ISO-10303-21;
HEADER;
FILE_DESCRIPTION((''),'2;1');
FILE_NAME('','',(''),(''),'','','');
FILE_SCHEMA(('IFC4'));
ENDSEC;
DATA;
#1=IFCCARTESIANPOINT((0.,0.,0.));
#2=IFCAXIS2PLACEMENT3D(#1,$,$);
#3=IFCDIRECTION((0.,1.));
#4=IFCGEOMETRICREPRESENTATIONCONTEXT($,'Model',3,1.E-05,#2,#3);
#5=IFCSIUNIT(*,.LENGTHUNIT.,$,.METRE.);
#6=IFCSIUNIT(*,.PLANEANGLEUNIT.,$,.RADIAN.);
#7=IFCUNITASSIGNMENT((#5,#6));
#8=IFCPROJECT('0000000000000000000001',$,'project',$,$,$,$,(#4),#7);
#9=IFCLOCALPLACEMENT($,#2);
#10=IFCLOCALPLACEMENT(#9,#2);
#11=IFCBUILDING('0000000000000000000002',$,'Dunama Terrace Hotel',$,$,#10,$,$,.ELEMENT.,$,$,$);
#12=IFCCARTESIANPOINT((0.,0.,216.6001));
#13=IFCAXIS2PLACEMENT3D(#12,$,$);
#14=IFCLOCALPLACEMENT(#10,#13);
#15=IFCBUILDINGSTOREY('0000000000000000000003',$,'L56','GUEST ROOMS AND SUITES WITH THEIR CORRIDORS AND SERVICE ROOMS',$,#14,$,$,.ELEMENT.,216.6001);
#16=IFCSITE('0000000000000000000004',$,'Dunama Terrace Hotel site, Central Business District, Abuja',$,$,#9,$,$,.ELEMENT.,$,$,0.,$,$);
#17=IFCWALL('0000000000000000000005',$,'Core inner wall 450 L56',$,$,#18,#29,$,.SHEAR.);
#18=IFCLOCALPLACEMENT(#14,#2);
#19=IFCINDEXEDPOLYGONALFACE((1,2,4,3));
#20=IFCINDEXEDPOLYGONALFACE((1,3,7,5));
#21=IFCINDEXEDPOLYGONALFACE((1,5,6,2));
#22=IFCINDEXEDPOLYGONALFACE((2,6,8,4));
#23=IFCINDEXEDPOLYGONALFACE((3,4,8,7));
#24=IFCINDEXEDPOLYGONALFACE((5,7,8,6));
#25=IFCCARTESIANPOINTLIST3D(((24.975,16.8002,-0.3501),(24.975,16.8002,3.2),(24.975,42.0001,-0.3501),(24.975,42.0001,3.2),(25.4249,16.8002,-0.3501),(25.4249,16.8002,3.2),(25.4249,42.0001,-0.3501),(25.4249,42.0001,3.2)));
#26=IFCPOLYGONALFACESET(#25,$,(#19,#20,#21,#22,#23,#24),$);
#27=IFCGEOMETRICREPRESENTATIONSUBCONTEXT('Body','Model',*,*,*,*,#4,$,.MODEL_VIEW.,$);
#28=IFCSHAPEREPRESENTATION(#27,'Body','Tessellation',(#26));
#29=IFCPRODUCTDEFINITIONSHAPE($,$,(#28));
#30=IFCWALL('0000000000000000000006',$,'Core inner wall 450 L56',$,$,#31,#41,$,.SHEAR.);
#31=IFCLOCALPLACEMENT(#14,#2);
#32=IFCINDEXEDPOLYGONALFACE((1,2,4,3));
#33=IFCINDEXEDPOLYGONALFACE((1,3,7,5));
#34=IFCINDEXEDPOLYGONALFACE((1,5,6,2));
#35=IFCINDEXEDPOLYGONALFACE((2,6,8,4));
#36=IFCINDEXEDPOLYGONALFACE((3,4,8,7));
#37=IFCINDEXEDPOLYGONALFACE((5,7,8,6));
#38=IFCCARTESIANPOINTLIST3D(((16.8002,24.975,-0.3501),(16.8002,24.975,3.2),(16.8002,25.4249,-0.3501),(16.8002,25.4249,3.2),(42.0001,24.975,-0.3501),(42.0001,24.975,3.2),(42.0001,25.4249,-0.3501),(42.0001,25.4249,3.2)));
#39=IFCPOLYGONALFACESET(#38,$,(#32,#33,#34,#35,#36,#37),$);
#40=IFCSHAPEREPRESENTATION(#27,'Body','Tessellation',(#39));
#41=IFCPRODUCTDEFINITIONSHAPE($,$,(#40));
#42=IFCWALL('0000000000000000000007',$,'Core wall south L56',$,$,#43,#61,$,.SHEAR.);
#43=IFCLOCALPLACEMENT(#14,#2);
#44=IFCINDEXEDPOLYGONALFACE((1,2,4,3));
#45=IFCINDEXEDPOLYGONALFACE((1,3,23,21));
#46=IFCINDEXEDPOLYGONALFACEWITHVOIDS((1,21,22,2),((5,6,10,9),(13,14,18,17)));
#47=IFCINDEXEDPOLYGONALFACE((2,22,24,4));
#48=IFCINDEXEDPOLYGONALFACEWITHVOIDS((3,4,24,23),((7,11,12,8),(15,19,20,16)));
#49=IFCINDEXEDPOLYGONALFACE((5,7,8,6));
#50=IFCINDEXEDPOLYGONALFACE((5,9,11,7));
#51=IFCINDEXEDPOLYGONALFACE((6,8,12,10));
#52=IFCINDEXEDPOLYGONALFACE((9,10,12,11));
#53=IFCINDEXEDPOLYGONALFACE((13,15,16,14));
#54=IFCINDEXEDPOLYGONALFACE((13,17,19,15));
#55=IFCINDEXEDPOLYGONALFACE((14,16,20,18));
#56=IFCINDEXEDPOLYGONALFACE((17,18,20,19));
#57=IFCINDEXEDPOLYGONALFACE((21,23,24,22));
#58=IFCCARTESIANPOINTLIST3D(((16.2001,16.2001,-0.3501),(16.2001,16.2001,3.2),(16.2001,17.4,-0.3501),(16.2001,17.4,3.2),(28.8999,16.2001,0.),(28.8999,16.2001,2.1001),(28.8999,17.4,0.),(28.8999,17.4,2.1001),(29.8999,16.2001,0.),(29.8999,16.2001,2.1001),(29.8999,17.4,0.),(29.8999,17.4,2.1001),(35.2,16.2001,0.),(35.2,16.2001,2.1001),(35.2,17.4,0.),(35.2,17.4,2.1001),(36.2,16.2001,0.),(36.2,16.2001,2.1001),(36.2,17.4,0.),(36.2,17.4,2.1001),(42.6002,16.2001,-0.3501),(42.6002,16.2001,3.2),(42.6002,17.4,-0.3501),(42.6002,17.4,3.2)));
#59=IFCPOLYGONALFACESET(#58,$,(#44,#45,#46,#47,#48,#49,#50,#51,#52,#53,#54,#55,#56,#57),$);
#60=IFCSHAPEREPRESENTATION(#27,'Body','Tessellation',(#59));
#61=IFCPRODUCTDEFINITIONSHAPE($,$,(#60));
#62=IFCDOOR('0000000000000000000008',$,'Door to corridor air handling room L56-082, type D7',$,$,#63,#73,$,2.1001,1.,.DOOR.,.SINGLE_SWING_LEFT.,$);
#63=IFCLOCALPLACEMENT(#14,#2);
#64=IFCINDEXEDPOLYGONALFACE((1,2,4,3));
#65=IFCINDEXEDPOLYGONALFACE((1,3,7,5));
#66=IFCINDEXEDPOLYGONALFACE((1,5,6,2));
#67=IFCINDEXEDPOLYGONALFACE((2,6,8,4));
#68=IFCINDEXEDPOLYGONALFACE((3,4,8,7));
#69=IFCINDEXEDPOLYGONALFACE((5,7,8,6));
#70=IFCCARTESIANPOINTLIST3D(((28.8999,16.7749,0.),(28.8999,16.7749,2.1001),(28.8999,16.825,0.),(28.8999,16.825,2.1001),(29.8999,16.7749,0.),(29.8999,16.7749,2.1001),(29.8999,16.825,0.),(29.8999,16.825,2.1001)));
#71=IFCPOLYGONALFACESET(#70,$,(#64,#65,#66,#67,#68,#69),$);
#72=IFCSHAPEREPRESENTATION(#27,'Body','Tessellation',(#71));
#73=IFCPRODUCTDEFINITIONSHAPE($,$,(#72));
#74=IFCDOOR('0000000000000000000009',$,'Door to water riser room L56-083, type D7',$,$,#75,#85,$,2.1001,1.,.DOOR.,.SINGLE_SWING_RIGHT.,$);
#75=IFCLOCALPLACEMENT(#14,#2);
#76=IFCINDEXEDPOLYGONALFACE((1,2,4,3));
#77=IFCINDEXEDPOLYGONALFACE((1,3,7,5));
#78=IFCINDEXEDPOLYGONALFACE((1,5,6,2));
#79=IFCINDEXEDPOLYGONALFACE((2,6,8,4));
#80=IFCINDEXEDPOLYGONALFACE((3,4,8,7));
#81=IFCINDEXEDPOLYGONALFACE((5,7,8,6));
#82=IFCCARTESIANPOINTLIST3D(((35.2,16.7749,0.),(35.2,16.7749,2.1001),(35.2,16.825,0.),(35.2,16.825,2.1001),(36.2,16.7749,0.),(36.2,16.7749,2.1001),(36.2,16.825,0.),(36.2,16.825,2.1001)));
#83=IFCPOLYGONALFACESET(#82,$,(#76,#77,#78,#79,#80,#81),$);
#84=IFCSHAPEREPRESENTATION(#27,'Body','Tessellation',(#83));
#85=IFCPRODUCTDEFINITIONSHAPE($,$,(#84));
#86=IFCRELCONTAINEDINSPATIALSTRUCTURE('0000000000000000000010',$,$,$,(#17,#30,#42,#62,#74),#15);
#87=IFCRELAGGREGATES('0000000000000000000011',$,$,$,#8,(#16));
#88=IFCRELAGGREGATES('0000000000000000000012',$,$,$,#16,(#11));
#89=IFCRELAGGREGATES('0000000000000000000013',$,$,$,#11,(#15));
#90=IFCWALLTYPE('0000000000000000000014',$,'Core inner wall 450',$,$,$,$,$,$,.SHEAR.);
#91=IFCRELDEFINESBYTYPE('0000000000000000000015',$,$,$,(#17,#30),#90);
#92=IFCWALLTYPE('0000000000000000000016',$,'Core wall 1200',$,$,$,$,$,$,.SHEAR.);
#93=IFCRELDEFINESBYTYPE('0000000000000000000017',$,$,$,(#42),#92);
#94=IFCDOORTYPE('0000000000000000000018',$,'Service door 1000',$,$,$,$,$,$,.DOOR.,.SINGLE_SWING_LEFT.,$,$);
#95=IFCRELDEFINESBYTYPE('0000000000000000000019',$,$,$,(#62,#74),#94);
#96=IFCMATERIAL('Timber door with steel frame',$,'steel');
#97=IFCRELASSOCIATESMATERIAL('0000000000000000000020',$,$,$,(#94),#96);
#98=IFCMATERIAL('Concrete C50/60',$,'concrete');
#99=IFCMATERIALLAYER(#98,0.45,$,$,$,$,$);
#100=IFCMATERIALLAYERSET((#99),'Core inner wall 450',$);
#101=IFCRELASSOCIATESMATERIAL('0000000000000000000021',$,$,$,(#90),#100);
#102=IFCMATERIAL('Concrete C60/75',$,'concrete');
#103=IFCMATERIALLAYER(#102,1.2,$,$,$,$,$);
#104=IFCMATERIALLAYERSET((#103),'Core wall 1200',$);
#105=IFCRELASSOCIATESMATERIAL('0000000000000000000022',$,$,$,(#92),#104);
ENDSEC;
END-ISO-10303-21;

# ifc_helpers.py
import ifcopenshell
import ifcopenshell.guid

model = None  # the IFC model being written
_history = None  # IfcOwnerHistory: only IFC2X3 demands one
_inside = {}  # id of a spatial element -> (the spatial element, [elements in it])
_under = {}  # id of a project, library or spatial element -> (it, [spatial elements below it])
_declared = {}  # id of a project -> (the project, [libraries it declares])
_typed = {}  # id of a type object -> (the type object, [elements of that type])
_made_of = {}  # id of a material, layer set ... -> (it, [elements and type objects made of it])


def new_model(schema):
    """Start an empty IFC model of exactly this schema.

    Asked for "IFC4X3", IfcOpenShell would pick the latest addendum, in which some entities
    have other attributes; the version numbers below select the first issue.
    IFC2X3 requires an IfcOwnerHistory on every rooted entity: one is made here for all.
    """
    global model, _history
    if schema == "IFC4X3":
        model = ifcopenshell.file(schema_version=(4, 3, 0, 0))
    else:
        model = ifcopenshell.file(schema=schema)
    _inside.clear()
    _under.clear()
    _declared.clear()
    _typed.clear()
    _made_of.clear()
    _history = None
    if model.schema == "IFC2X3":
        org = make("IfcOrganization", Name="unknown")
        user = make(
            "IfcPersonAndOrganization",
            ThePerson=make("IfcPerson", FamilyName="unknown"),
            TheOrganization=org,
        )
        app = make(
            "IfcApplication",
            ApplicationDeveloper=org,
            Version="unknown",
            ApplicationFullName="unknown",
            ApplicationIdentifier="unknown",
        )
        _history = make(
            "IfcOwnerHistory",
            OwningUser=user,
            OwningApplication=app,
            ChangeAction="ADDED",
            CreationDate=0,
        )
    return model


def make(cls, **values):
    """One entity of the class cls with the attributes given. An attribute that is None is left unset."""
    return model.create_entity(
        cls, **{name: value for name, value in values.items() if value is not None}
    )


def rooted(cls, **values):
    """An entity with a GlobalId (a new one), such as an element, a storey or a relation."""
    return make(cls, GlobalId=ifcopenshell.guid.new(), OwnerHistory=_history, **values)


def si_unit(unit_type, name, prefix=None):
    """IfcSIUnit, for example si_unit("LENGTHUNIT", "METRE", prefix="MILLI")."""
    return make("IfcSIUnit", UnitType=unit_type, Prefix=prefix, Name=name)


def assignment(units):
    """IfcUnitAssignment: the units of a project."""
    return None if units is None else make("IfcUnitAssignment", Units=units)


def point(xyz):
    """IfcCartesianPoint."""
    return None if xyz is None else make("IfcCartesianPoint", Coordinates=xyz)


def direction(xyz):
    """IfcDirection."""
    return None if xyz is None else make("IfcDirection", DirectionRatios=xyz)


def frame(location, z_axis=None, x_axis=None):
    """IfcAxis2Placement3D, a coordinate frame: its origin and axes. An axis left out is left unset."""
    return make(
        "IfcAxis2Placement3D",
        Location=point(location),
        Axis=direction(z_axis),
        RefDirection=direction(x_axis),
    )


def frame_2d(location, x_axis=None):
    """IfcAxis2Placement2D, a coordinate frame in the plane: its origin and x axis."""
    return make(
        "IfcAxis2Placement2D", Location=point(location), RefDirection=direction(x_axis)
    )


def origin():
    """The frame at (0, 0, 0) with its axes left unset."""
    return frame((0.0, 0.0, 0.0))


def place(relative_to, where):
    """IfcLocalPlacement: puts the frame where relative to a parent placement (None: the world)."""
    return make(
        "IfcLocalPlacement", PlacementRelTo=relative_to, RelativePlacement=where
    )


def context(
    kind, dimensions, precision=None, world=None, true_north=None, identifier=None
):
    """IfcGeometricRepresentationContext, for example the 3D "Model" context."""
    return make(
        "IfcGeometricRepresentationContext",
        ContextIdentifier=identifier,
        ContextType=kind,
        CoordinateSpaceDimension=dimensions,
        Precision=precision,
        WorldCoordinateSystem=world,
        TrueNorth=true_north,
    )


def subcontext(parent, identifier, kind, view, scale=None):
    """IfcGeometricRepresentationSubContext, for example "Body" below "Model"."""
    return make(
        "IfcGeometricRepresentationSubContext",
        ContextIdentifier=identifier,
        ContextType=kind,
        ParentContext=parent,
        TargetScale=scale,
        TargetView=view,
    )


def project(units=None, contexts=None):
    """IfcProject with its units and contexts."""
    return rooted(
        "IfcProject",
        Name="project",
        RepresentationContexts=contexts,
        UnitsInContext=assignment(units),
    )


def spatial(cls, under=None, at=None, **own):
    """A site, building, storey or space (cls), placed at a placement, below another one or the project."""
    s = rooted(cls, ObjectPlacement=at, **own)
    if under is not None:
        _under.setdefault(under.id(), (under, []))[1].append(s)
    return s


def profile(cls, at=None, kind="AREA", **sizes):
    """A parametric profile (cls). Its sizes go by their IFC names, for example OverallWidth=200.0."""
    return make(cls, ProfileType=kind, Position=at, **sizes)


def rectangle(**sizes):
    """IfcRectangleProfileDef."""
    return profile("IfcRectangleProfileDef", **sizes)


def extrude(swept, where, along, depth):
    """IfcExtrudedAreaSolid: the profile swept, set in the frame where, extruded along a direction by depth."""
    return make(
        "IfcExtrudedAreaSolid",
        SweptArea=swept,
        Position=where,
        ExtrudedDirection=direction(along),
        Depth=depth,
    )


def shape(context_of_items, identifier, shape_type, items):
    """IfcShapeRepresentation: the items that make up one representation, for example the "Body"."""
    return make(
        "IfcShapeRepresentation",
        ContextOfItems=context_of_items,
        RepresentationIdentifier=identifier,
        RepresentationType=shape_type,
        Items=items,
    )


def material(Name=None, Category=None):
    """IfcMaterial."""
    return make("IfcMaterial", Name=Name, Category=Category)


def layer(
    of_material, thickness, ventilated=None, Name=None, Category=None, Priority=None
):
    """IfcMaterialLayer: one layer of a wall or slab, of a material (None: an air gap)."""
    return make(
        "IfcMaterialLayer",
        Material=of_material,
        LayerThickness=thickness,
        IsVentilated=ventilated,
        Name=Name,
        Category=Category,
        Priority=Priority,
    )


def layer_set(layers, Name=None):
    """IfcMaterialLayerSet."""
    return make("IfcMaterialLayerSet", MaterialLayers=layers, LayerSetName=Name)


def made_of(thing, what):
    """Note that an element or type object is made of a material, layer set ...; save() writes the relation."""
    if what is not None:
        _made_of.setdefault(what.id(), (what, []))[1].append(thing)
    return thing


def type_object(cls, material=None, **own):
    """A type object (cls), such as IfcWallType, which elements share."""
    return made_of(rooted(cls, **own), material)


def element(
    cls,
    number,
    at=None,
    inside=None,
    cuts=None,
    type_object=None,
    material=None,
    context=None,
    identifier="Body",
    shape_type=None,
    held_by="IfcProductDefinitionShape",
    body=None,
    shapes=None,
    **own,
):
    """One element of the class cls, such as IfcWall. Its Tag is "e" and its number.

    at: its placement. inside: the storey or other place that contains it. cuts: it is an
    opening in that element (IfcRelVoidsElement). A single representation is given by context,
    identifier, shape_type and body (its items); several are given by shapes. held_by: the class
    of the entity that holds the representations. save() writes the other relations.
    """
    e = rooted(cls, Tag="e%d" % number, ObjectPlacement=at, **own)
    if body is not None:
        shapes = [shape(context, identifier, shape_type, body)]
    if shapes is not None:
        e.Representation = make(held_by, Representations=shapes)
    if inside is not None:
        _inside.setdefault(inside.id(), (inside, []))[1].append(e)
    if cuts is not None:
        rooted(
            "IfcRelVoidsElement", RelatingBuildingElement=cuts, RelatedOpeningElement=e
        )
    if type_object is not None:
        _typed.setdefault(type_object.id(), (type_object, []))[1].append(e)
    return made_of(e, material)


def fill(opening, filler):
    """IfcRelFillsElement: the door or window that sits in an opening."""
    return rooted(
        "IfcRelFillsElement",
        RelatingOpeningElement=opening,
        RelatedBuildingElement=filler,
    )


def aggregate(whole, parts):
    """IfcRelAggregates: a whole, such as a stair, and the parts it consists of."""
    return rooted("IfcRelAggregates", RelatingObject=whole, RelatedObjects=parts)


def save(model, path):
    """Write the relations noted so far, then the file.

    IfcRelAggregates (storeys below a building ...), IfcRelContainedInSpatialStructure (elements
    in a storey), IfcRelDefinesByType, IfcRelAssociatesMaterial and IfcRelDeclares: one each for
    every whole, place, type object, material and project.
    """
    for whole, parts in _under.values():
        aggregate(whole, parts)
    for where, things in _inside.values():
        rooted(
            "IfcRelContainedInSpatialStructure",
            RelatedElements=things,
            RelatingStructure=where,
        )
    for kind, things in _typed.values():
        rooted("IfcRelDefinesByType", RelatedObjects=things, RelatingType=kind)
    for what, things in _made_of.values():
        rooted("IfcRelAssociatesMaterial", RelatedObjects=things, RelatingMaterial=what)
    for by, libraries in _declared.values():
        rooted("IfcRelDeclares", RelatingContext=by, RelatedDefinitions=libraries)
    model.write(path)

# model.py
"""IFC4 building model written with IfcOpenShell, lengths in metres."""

from ifc_helpers import new_model, si_unit, direction, frame, frame_2d, origin, place, context, subcontext, project, spatial, rectangle, extrude, material, layer, layer_set, type_object, element, fill, save


model = new_model("IFC4")

# Units and contexts
model_context = context("Model", 3, precision=1e-05, world=origin(), true_north=direction((0.0, 1.0)))
body_context = subcontext(model_context, "Body", "Model", "MODEL_VIEW")
ifc_project = project(units=[si_unit("LENGTHUNIT", "METRE"), si_unit("PLANEANGLEUNIT", "RADIAN")], contexts=[model_context])

# Site, building, storey
site_placement = place(None, origin())
site = spatial("IfcSite", under=ifc_project, at=site_placement, Name="Dunama Terrace Hotel site, Central Business District, Abuja", CompositionType="ELEMENT", RefElevation=0.0)
building_placement = place(site_placement, origin())
building = spatial("IfcBuilding", under=site, at=building_placement, Name="Dunama Terrace Hotel", CompositionType="ELEMENT")
storey_placement = place(building_placement, frame((0.0, 0.0, 216.6001)))
storey = spatial("IfcBuildingStorey", under=building, at=storey_placement, Name="L56", Description="GUEST ROOMS AND SUITES WITH THEIR CORRIDORS AND SERVICE ROOMS", CompositionType="ELEMENT", Elevation=216.6001)

# Shared definitions
ifc_material_1 = material(Name="Timber door with steel frame", Category="steel")
door_type_1 = type_object("IfcDoorType", Name="Service door 1000", OperationType="SINGLE_SWING_LEFT", PredefinedType="DOOR", material=ifc_material_1)

# Walls
ifc_material_2 = material(Name="Concrete C50/60", Category="concrete")
ifc_layer_1 = layer(ifc_material_2, 0.45)
ifc_layer_set_1 = layer_set([ifc_layer_1], Name="Core inner wall 450")
wall_type_1 = type_object("IfcWallType", Name="Core inner wall 450", PredefinedType="SHEAR", material=ifc_layer_set_1)
for number, where, z_axis, x_axis, name in (
    (1, (25.2, 16.8, -0.3501), (0.0, 0.0, 1.0), (0.0, 1.0, 0.0), "Core inner wall 450 L56"),
    (2, (16.8, 25.2, -0.3501), (0.0, 0.0, 1.0), (1.0, 0.0, 0.0), "Core inner wall 450 L56"),
):
    element("IfcWall", number, at=place(storey_placement, frame(where, z_axis=z_axis, x_axis=x_axis)), inside=storey, type_object=wall_type_1, Name=name, PredefinedType="SHEAR", context=body_context, shape_type="SweptSolid", body=[
        extrude(rectangle(XDim=25.2, YDim=0.45, at=frame_2d((12.6001, 0.0))), origin(), (0.0, 0.0, 1.0), 3.55),
    ])

# Wall, openings, doors
ifc_material_3 = material(Name="Concrete C60/75", Category="concrete")
ifc_layer_2 = layer(ifc_material_3, 1.2)
ifc_layer_set_2 = layer_set([ifc_layer_2], Name="Core wall 1200")
wall_type_2 = type_object("IfcWallType", Name="Core wall 1200", PredefinedType="SHEAR", material=ifc_layer_set_2)
wall_1_placement = place(storey_placement, frame((16.2, 16.8, -0.3501), z_axis=(0.0, 0.0, 1.0), x_axis=(1.0, 0.0, 0.0)))
wall_1 = element("IfcWall", 3, at=wall_1_placement, inside=storey, type_object=wall_type_2, Name="Core wall south L56", PredefinedType="SHEAR", context=body_context, shape_type="SweptSolid", body=[
    extrude(rectangle(XDim=26.4001, YDim=1.2, at=frame_2d((13.2002, 0.0))), origin(), (0.0, 0.0, 1.0), 3.55),
])
opening_1_placement = place(wall_1_placement, frame((12.7, 0.0, 0.3501)))
opening_1 = element("IfcOpeningElement", 4, at=opening_1_placement, cuts=wall_1, PredefinedType="OPENING", context=body_context, shape_type="SweptSolid", body=[
    extrude(rectangle(XDim=1.0, YDim=2.1001, at=frame_2d((0.5, 1.05))), frame((0.0, 0.6099, 0.0), z_axis=(0.0, -1.0, 0.0), x_axis=(1.0, 0.0, 0.0)), (0.0, 0.0, 1.0), 1.22),
])
opening_2_placement = place(wall_1_placement, frame((19.0, 0.0, 0.3501)))
opening_2 = element("IfcOpeningElement", 5, at=opening_2_placement, cuts=wall_1, PredefinedType="OPENING", context=body_context, shape_type="SweptSolid", body=[
    extrude(rectangle(XDim=1.0, YDim=2.1001, at=frame_2d((0.5, 1.05))), frame((0.0, 0.6099, 0.0), z_axis=(0.0, -1.0, 0.0), x_axis=(1.0, 0.0, 0.0)), (0.0, 0.0, 1.0), 1.22),
])
door_1_placement = place(opening_1_placement, origin())
door_1 = element("IfcDoor", 6, at=door_1_placement, inside=storey, type_object=door_type_1, Name="Door to corridor air handling room L56-082, type D7", OperationType="SINGLE_SWING_LEFT", OverallHeight=2.1001, OverallWidth=1.0, PredefinedType="DOOR", context=body_context, shape_type="SweptSolid", body=[
    extrude(rectangle(XDim=1.0, YDim=2.1001, at=frame_2d((0.5, 1.05))), frame((0.0, 0.0249, 0.0), z_axis=(0.0, -1.0, 0.0), x_axis=(1.0, 0.0, 0.0)), (0.0, 0.0, 1.0), 0.05),
])
fill(opening_1, door_1)
door_2_placement = place(opening_2_placement, origin())
door_2 = element("IfcDoor", 7, at=door_2_placement, inside=storey, type_object=door_type_1, Name="Door to water riser room L56-083, type D7", OperationType="SINGLE_SWING_RIGHT", OverallHeight=2.1001, OverallWidth=1.0, PredefinedType="DOOR", context=body_context, shape_type="SweptSolid", body=[
    extrude(rectangle(XDim=1.0, YDim=2.1001, at=frame_2d((0.5, 1.05))), frame((0.0, 0.0249, 0.0), z_axis=(0.0, -1.0, 0.0), x_axis=(1.0, 0.0, 0.0)), (0.0, 0.0, 1.0), 0.05),
])
fill(opening_2, door_2)

save(model, "model.ifc")
